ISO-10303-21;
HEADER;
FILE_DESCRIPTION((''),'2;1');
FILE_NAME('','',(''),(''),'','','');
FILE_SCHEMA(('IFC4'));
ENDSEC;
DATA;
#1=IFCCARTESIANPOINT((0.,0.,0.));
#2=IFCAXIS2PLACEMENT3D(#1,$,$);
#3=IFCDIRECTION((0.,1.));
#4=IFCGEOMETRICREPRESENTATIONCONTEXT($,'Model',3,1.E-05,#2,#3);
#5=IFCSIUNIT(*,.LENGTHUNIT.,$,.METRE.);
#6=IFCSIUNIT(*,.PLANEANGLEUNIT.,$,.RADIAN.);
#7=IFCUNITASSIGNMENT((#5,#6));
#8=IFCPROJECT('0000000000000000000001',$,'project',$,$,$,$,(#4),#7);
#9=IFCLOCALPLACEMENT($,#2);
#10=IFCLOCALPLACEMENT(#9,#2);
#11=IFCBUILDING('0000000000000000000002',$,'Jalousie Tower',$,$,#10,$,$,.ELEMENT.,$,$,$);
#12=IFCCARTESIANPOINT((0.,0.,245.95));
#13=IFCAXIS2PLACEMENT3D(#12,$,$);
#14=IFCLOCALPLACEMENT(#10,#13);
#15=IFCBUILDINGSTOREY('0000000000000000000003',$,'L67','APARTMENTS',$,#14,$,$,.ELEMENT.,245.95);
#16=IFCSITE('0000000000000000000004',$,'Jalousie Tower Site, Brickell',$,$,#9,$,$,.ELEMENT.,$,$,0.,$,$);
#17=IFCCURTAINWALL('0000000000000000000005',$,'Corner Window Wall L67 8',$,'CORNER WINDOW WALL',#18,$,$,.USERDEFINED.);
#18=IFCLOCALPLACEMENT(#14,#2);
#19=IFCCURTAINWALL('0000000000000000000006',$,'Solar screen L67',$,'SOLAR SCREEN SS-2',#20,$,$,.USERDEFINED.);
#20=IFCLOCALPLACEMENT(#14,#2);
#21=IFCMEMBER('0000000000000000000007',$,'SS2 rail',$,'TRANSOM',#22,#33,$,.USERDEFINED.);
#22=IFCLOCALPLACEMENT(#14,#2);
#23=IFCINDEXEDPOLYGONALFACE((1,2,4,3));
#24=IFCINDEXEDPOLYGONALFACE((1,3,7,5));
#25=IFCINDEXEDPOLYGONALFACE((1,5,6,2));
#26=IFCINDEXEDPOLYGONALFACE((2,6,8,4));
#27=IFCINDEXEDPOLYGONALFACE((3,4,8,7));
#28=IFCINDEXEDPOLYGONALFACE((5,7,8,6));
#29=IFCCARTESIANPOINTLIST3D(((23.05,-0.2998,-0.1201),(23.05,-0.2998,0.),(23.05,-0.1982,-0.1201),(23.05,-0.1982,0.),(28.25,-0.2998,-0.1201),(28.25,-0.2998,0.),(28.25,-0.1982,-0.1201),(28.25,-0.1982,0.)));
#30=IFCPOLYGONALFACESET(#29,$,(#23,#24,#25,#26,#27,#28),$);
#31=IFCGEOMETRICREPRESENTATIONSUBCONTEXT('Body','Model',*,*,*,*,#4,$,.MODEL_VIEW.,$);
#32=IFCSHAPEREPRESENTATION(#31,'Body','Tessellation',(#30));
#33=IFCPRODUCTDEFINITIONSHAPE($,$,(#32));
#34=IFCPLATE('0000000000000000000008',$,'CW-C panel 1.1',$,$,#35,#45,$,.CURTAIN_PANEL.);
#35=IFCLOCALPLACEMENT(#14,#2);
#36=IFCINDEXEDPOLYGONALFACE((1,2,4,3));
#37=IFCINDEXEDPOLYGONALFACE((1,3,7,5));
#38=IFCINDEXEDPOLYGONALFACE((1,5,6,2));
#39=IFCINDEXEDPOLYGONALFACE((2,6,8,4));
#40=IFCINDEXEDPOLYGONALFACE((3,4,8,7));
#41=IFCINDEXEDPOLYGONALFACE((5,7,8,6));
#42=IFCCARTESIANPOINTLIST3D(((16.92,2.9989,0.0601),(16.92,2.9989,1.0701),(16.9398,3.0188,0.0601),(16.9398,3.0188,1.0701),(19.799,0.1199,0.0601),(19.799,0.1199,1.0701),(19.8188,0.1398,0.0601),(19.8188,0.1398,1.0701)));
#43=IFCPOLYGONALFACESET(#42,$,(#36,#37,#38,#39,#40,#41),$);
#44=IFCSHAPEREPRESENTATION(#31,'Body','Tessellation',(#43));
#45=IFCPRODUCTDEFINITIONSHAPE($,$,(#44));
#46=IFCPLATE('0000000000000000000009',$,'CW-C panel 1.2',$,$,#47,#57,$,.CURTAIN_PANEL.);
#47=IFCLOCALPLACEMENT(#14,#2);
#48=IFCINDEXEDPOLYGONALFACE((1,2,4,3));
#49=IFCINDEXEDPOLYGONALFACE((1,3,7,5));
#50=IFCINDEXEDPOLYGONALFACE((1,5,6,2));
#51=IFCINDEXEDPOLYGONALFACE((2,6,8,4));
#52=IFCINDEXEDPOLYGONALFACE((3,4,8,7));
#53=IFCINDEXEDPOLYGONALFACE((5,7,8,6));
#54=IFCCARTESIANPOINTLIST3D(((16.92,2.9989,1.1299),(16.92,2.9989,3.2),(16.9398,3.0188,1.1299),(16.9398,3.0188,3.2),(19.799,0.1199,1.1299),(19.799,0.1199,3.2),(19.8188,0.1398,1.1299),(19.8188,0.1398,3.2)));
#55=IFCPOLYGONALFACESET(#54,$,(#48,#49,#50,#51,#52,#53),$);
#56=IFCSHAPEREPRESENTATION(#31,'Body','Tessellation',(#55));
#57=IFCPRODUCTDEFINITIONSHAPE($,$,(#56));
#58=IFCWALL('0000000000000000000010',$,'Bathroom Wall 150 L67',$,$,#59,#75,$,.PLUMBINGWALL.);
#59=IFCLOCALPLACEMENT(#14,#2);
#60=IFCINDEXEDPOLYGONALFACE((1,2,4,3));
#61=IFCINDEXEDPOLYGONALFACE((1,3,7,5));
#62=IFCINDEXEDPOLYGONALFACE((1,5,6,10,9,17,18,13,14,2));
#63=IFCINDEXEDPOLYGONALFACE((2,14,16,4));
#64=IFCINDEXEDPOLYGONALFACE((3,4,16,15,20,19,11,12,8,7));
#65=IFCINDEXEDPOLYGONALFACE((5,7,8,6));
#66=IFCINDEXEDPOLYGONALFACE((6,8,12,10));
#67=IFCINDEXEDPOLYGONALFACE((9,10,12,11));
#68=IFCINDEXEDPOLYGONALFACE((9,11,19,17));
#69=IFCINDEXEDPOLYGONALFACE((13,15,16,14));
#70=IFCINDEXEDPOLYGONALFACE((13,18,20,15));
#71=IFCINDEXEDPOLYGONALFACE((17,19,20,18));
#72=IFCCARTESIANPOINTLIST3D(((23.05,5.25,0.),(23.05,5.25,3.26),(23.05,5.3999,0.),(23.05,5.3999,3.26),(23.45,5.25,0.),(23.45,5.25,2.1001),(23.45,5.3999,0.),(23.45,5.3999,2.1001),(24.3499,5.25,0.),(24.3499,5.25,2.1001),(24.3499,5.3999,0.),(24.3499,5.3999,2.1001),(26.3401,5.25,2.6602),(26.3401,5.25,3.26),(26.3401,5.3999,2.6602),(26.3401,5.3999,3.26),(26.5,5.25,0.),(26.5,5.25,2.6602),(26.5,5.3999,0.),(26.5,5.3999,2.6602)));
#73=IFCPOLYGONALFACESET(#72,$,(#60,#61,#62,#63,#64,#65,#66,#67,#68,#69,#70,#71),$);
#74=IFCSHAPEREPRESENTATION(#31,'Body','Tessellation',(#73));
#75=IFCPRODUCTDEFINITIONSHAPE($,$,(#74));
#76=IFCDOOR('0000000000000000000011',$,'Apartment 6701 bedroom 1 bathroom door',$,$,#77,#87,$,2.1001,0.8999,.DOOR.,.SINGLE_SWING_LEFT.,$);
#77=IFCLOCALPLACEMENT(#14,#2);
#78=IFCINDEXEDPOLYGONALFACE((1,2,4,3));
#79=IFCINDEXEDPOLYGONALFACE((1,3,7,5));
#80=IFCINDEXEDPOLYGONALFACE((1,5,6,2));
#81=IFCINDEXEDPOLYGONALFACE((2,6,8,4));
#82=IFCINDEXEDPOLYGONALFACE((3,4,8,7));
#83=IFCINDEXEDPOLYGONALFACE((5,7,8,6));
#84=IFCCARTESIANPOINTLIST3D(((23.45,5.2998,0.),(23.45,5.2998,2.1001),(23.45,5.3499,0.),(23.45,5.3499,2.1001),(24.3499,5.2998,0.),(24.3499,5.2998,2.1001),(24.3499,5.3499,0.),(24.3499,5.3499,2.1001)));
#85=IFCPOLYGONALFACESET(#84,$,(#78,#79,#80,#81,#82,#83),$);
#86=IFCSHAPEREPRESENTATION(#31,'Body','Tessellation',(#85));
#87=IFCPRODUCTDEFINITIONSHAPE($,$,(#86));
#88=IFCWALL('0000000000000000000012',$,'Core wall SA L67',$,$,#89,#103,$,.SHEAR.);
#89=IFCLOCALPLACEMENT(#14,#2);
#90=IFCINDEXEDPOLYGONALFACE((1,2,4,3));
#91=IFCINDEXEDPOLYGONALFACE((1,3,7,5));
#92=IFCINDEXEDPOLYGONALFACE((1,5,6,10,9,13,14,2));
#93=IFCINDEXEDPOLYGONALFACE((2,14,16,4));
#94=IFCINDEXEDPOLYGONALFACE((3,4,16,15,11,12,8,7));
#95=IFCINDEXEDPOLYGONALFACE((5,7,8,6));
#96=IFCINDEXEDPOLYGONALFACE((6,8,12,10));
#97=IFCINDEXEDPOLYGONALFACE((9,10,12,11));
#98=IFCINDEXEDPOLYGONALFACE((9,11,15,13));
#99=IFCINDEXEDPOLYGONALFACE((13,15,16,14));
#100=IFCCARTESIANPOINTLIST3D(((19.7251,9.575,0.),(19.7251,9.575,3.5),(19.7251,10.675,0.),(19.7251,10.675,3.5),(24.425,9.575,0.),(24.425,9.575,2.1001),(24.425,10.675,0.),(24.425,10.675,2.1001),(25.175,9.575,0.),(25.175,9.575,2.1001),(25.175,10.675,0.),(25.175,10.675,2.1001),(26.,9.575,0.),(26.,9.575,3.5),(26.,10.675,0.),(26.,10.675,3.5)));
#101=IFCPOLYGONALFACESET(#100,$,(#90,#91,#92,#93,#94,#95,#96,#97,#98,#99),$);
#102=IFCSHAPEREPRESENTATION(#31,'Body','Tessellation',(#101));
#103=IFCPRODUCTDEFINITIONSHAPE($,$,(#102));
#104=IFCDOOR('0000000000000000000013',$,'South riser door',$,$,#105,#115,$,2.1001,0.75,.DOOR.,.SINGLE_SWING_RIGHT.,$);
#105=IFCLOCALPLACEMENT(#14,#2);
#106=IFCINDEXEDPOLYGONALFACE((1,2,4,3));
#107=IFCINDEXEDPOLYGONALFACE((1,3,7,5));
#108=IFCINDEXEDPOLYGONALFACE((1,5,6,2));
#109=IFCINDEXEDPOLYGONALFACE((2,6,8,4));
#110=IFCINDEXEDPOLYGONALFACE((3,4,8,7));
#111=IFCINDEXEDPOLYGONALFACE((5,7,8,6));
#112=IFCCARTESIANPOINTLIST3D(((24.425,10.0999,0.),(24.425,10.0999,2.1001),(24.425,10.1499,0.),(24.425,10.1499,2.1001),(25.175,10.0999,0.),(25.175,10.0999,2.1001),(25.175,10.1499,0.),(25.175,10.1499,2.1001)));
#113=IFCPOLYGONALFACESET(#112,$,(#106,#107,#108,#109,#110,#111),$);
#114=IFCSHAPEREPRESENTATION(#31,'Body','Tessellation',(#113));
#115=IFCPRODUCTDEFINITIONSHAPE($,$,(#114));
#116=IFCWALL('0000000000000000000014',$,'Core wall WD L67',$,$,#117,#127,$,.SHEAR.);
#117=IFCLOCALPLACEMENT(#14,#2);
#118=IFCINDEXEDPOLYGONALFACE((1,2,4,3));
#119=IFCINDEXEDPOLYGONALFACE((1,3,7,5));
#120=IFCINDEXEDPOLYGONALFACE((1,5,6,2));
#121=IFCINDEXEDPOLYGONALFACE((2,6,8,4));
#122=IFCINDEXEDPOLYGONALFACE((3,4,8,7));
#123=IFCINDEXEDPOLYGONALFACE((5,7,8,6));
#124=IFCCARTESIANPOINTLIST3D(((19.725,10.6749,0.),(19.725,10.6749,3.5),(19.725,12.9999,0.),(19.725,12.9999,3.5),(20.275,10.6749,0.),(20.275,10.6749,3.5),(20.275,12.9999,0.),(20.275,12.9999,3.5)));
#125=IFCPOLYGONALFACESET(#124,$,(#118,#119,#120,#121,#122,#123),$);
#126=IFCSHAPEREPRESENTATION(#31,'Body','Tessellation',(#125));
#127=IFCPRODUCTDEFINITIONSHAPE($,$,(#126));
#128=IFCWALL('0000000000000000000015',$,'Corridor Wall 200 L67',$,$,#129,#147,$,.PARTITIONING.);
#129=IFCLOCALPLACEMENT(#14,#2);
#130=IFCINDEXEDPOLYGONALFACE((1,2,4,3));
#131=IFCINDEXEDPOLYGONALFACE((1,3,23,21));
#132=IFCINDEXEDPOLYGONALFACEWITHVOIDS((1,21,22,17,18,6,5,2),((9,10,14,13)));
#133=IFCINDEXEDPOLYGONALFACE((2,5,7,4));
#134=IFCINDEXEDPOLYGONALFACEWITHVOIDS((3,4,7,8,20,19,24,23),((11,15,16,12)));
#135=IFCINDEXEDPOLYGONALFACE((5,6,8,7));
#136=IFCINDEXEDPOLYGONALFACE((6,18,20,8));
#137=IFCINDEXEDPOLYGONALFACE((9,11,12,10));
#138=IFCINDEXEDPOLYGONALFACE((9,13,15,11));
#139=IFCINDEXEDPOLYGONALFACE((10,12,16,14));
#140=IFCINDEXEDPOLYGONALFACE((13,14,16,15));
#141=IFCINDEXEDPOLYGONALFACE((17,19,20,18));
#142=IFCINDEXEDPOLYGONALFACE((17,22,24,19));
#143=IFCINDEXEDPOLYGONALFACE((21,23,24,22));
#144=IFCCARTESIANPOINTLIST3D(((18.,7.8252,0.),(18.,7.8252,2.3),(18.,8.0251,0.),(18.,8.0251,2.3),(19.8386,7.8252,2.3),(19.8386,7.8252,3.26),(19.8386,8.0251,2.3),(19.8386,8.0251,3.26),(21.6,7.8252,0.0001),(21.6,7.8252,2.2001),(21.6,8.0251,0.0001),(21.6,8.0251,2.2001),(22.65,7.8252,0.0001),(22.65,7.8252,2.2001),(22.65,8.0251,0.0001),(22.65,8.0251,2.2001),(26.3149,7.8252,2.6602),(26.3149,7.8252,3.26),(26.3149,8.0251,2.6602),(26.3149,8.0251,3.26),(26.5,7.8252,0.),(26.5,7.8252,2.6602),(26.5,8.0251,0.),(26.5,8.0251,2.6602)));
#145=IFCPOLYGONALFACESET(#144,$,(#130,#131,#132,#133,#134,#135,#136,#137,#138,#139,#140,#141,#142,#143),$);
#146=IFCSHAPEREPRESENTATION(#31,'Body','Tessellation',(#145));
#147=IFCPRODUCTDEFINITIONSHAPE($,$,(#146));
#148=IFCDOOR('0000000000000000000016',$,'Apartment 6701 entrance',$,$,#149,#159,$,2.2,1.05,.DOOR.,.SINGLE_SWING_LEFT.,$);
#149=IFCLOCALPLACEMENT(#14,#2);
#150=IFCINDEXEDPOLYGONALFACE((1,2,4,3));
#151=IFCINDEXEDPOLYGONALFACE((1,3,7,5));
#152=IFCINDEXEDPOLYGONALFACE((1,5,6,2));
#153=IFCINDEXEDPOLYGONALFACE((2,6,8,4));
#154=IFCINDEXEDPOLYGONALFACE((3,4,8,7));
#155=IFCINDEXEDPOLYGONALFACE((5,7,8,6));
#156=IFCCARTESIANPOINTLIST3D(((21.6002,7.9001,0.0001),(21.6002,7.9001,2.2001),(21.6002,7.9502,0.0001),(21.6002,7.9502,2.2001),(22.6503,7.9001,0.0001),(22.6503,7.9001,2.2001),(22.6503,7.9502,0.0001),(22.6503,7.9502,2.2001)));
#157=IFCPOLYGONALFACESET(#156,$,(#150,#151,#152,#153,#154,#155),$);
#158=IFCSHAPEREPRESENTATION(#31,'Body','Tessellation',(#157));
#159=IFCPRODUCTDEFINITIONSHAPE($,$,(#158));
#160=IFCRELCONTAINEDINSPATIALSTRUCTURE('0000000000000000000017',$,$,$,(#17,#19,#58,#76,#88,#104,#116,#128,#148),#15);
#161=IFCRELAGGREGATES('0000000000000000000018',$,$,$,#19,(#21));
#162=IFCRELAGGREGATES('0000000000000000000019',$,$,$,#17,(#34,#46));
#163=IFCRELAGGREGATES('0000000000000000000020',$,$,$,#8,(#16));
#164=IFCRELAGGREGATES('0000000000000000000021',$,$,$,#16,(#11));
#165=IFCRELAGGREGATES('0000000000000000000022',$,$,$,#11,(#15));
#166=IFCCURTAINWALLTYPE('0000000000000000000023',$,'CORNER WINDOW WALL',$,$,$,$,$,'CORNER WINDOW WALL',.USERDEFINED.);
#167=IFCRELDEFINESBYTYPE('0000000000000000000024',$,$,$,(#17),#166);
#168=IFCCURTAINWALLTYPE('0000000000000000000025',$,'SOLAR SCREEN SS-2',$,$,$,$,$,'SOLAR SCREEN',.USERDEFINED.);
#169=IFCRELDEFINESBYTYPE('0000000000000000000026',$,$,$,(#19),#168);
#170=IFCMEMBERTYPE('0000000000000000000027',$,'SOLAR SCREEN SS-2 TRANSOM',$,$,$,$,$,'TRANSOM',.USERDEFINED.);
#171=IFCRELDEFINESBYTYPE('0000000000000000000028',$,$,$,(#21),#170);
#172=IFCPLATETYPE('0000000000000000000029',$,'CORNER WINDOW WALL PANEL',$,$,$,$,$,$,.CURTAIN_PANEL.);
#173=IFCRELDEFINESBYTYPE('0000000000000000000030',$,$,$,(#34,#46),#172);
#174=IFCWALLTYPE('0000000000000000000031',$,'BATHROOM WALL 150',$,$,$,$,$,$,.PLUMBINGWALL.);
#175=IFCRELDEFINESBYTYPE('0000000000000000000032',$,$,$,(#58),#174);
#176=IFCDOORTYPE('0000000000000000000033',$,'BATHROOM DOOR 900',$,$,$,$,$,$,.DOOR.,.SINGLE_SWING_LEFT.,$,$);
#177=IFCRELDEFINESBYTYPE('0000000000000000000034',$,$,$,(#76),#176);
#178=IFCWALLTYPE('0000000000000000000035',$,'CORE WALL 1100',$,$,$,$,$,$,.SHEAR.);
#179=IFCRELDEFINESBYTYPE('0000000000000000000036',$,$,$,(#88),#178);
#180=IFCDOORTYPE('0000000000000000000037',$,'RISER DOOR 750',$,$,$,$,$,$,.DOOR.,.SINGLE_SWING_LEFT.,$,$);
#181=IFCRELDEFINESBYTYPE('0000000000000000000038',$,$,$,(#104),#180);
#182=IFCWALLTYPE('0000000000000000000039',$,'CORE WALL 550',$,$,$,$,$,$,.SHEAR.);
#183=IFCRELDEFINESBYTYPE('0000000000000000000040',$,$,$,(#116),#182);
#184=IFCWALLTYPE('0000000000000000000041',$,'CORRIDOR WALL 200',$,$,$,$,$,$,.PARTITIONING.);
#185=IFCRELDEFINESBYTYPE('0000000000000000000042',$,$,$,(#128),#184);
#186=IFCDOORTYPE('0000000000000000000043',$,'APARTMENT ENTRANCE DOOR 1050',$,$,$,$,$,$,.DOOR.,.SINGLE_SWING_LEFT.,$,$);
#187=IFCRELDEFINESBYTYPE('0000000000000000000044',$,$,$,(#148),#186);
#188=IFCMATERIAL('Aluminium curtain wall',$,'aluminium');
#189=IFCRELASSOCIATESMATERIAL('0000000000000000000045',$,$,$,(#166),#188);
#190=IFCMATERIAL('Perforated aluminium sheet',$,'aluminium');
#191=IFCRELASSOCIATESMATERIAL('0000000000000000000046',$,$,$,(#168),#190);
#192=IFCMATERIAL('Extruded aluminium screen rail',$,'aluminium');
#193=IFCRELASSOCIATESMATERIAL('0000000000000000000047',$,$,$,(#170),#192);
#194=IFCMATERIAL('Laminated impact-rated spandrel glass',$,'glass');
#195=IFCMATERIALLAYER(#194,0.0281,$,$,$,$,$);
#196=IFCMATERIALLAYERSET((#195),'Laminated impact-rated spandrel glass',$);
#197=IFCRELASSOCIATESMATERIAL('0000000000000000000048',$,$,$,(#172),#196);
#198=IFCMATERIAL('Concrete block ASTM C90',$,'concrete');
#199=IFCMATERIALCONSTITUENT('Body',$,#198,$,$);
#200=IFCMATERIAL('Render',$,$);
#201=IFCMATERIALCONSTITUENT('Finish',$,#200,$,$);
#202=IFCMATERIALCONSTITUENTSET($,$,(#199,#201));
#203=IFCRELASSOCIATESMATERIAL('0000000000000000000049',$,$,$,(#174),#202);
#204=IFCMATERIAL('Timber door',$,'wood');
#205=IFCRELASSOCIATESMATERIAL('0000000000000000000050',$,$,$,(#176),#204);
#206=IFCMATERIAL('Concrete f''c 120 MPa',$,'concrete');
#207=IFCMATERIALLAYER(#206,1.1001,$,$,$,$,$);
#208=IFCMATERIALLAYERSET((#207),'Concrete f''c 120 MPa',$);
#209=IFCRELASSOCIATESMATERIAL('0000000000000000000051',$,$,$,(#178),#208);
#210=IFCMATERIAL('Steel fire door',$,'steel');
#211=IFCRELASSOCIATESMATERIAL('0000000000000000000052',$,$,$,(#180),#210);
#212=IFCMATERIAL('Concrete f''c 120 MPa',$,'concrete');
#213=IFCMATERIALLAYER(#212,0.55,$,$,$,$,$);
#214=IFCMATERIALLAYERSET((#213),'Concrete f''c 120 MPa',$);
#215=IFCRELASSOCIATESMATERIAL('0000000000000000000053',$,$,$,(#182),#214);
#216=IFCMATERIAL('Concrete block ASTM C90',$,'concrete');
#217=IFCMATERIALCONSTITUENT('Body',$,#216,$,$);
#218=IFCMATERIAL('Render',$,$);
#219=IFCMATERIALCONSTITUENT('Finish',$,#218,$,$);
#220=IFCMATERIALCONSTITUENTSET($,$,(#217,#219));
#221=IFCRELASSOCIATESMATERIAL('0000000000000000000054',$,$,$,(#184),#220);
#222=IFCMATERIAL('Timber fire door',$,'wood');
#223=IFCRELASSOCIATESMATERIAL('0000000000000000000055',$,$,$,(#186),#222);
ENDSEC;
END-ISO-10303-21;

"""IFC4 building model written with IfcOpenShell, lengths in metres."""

from ifc_helpers import new_model, si_unit, direction, frame, frame_2d, origin, origin_2d, place, context, subcontext, project, spatial, polyline, rectangle, outline, extrude, material, layer, layer_set, constituent, constituent_set, material_profile, profile_set, type_object, element, fill, aggregate, save


model = new_model("IFC4")

# Units and contexts
model_context = context("Model", 3, precision=1e-05, world=origin(), true_north=direction((0.0, 1.0)))
body_context = subcontext(model_context, "Body", "Model", "MODEL_VIEW")
ifc_project = project(units=[si_unit("LENGTHUNIT", "METRE"), si_unit("PLANEANGLEUNIT", "RADIAN")], contexts=[model_context])

# Site, building, storey
site_placement = place(None, origin())
site = spatial("IfcSite", under=ifc_project, at=site_placement, Name="Jalousie Tower Site, Brickell", CompositionType="ELEMENT", RefElevation=0.0)
building_placement = place(site_placement, origin())
building = spatial("IfcBuilding", under=site, at=building_placement, Name="Jalousie Tower", CompositionType="ELEMENT")
storey_placement = place(building_placement, frame((0.0, 0.0, 245.95)))
storey = spatial("IfcBuildingStorey", under=building, at=storey_placement, Name="L67", Description="APARTMENTS", CompositionType="ELEMENT", Elevation=245.95)

# Curtain wall
ifc_material_1 = material(Name="Aluminium curtain wall", Category="aluminium")
curtain_wall_type_1 = type_object("IfcCurtainWallType", Name="CORNER WINDOW WALL", ElementType="CORNER WINDOW WALL", PredefinedType="USERDEFINED", material=ifc_material_1)
curtain_wall_1_placement = place(storey_placement, origin())
curtain_wall_1 = element("IfcCurtainWall", 1, at=curtain_wall_1_placement, inside=storey, type_object=curtain_wall_type_1, Name="Corner Window Wall L67 8", ObjectType="CORNER WINDOW WALL", PredefinedType="USERDEFINED")

# Curtain wall, member
ifc_material_2 = material(Name="Perforated aluminium sheet", Category="aluminium")
curtain_wall_type_2 = type_object("IfcCurtainWallType", Name="SOLAR SCREEN SS-2", ElementType="SOLAR SCREEN", PredefinedType="USERDEFINED", material=ifc_material_2)
curtain_wall_2_placement = place(storey_placement, origin())
curtain_wall_2 = element("IfcCurtainWall", 2, at=curtain_wall_2_placement, inside=storey, type_object=curtain_wall_type_2, Name="Solar screen L67", ObjectType="SOLAR SCREEN SS-2", PredefinedType="USERDEFINED")
ifc_material_3 = material(Name="Extruded aluminium screen rail", Category="aluminium")
ifc_material_profile_1 = material_profile(ifc_material_3, rectangle(XDim=0.1016, YDim=0.1201, at=origin_2d()), Name="RAIL 102x120")
ifc_profile_set_1 = profile_set([ifc_material_profile_1], Name="Extruded aluminium screen rail")
member_type_1 = type_object("IfcMemberType", Name="SOLAR SCREEN SS-2 TRANSOM", ElementType="TRANSOM", PredefinedType="USERDEFINED", material=ifc_profile_set_1)
member_1_placement = place(storey_placement, frame((23.05, -0.249, -0.0601), z_axis=(1.0, 0.0, 0.0), x_axis=(0.0, 1.0, 0.0)))
member_1 = element("IfcMember", 3, at=member_1_placement, type_object=member_type_1, Name="SS2 rail", ObjectType="TRANSOM", PredefinedType="USERDEFINED", context=body_context, shape_type="SweptSolid", body=[
    extrude(rectangle(XDim=0.1016, YDim=0.1201, at=origin_2d()), origin(), (0.0, 0.0, 1.0), 5.2),
])
aggregate(curtain_wall_2, [member_1])

# Plates
ifc_material_4 = material(Name="Laminated impact-rated spandrel glass", Category="glass")
ifc_layer_1 = layer(ifc_material_4, 0.0281)
ifc_layer_set_1 = layer_set([ifc_layer_1], Name="Laminated impact-rated spandrel glass")
plate_type = type_object("IfcPlateType", Name="CORNER WINDOW WALL PANEL", PredefinedType="CURTAIN_PANEL", material=ifc_layer_set_1)
plate_1_placement = place(storey_placement, frame((18.3694, 1.5693, 0.0601), z_axis=(0.0, 0.0, 1.0), x_axis=(0.707107, -0.707107, 0.0)))
plate_1 = element("IfcPlate", 4, at=plate_1_placement, type_object=plate_type, Name="CW-C panel 1.1", PredefinedType="CURTAIN_PANEL", context=body_context, shape_type="SweptSolid", body=[
    extrude(rectangle(XDim=4.0715, YDim=0.0281, at=origin_2d()), origin(), (0.0, 0.0, 1.0), 1.01),
])
plate_2_placement = place(storey_placement, frame((18.3694, 1.5693, 1.1299), z_axis=(0.0, 0.0, 1.0), x_axis=(0.707107, -0.707107, 0.0)))
plate_2 = element("IfcPlate", 5, at=plate_2_placement, type_object=plate_type, Name="CW-C panel 1.2", PredefinedType="CURTAIN_PANEL", context=body_context, shape_type="SweptSolid", body=[
    extrude(rectangle(XDim=4.0715, YDim=0.0281, at=origin_2d()), origin(), (0.0, 0.0, 1.0), 2.0701),
])
aggregate(curtain_wall_1, [plate_1, plate_2])

# Walls, openings, doors
ifc_material_5 = material(Name="Concrete block ASTM C90", Category="concrete")
ifc_constituent_1 = constituent(ifc_material_5, Name="Body")
ifc_material_6 = material(Name="Render")
ifc_constituent_2 = constituent(ifc_material_6, Name="Finish")
ifc_constituent_set_1 = constituent_set(constituents=[ifc_constituent_1, ifc_constituent_2])
wall_type_1 = type_object("IfcWallType", Name="BATHROOM WALL 150", PredefinedType="PLUMBINGWALL", material=ifc_constituent_set_1)
wall_1_placement = place(storey_placement, frame((23.05, 5.325, 0.0), z_axis=(0.0, 0.0, 1.0), x_axis=(1.0, 0.0, 0.0)))
wall_1 = element("IfcWall", 6, at=wall_1_placement, inside=storey, type_object=wall_type_1, Name="Bathroom Wall 150 L67", PredefinedType="PLUMBINGWALL", context=body_context, shape_type="SweptSolid", body=[
    extrude(outline(polyline([(0.0, 0.0), (3.45, 0.0), (3.45, 3.26), (3.45, 2.6602), (3.29, 2.6602), (3.29, 3.26), (0.0, 3.26), (0.0, 0.0)])), frame((0.0, 0.075, 0.0), z_axis=(0.0, -1.0, 0.0), x_axis=(1.0, 0.0, 0.0)), (0.0, 0.0, 1.0), 0.1499),
])
opening_1_placement = place(wall_1_placement, frame((0.3999, 0.0, 0.0)))
opening_1 = element("IfcOpeningElement", 7, at=opening_1_placement, cuts=wall_1, PredefinedType="OPENING", context=body_context, shape_type="SweptSolid", body=[
    extrude(rectangle(XDim=0.8999, YDim=2.1001, at=frame_2d((0.45, 1.05))), frame((0.0, 0.085, 0.0), z_axis=(0.0, -1.0, 0.0), x_axis=(1.0, 0.0, 0.0)), (0.0, 0.0, 1.0), 0.1699),
])
ifc_material_7 = material(Name="Timber door", Category="wood")
door_type_1 = type_object("IfcDoorType", Name="BATHROOM DOOR 900", OperationType="SINGLE_SWING_LEFT", PredefinedType="DOOR", material=ifc_material_7)
door_1_placement = place(opening_1_placement, origin())
door_1 = element("IfcDoor", 8, at=door_1_placement, inside=storey, type_object=door_type_1, Name="Apartment 6701 bedroom 1 bathroom door", OperationType="SINGLE_SWING_LEFT", OverallHeight=2.1001, OverallWidth=0.8999, PredefinedType="DOOR", context=body_context, shape_type="SweptSolid", body=[
    extrude(rectangle(XDim=0.8999, YDim=2.1001, at=frame_2d((0.45, 1.05))), frame((0.0, 0.0249, 0.0), z_axis=(0.0, -1.0, 0.0), x_axis=(1.0, 0.0, 0.0)), (0.0, 0.0, 1.0), 0.05),
])
fill(opening_1, door_1)
ifc_material_8 = material(Name="Concrete f'c 120 MPa", Category="concrete")
ifc_layer_2 = layer(ifc_material_8, 1.1001)
ifc_layer_set_2 = layer_set([ifc_layer_2], Name="Concrete f'c 120 MPa")
wall_type_2 = type_object("IfcWallType", Name="CORE WALL 1100", PredefinedType="SHEAR", material=ifc_layer_set_2)
wall_2_placement = place(storey_placement, frame((19.7251, 10.125, 0.0), z_axis=(0.0, 0.0, 1.0), x_axis=(1.0, 0.0, 0.0)))
wall_2 = element("IfcWall", 9, at=wall_2_placement, inside=storey, type_object=wall_type_2, Name="Core wall SA L67", PredefinedType="SHEAR", context=body_context, shape_type="SweptSolid", body=[
    extrude(rectangle(XDim=6.2749, YDim=1.1001, at=frame_2d((3.1375, 0.0))), origin(), (0.0, 0.0, 1.0), 3.5),
])
opening_2_placement = place(wall_2_placement, frame((4.7, 0.0, 0.0)))
opening_2 = element("IfcOpeningElement", 10, at=opening_2_placement, cuts=wall_2, PredefinedType="OPENING", context=body_context, shape_type="SweptSolid", body=[
    extrude(rectangle(XDim=0.75, YDim=2.1001, at=frame_2d((0.375, 1.05))), frame((0.0, 0.5601, 0.0), z_axis=(0.0, -1.0, 0.0), x_axis=(1.0, 0.0, 0.0)), (0.0, 0.0, 1.0), 1.1201),
])
ifc_material_9 = material(Name="Steel fire door", Category="steel")
door_type_2 = type_object("IfcDoorType", Name="RISER DOOR 750", OperationType="SINGLE_SWING_LEFT", PredefinedType="DOOR", material=ifc_material_9)
door_2_placement = place(opening_2_placement, origin())
door_2 = element("IfcDoor", 11, at=door_2_placement, inside=storey, type_object=door_type_2, Name="South riser door", OperationType="SINGLE_SWING_RIGHT", OverallHeight=2.1001, OverallWidth=0.75, PredefinedType="DOOR", context=body_context, shape_type="SweptSolid", body=[
    extrude(rectangle(XDim=0.75, YDim=2.1001, at=frame_2d((0.375, 1.05))), frame((0.0, 0.0249, 0.0), z_axis=(0.0, -1.0, 0.0), x_axis=(1.0, 0.0, 0.0)), (0.0, 0.0, 1.0), 0.05),
])
fill(opening_2, door_2)

# Wall
ifc_material_10 = material(Name="Concrete f'c 120 MPa", Category="concrete")
ifc_layer_3 = layer(ifc_material_10, 0.55)
ifc_layer_set_3 = layer_set([ifc_layer_3], Name="Concrete f'c 120 MPa")
wall_type_3 = type_object("IfcWallType", Name="CORE WALL 550", PredefinedType="SHEAR", material=ifc_layer_set_3)
wall_3_placement = place(storey_placement, frame((20.0, 13.0, 0.0), z_axis=(0.0, 0.0, 1.0), x_axis=(0.0, -1.0, 0.0)))
element("IfcWall", 12, at=wall_3_placement, inside=storey, type_object=wall_type_3, Name="Core wall WD L67", PredefinedType="SHEAR", context=body_context, shape_type="SweptSolid", body=[
    extrude(rectangle(XDim=2.325, YDim=0.55, at=frame_2d((1.1626, 0.0))), origin(), (0.0, 0.0, 1.0), 3.5),
])

# Wall, opening, door
ifc_material_11 = material(Name="Concrete block ASTM C90", Category="concrete")
ifc_constituent_3 = constituent(ifc_material_11, Name="Body")
ifc_material_12 = material(Name="Render")
ifc_constituent_4 = constituent(ifc_material_12, Name="Finish")
ifc_constituent_set_2 = constituent_set(constituents=[ifc_constituent_3, ifc_constituent_4])
wall_type_4 = type_object("IfcWallType", Name="CORRIDOR WALL 200", PredefinedType="PARTITIONING", material=ifc_constituent_set_2)
wall_4_placement = place(storey_placement, frame((18.0, 7.925, 0.0), z_axis=(0.0, 0.0, 1.0), x_axis=(1.0, 0.0, 0.0)))
wall_4 = element("IfcWall", 13, at=wall_4_placement, inside=storey, type_object=wall_type_4, Name="Corridor Wall 200 L67", PredefinedType="PARTITIONING", context=body_context, shape_type="SweptSolid", body=[
    extrude(outline(polyline([(0.0, 0.0), (8.5, 0.0), (8.5, 3.26), (8.5, 2.6602), (8.3149, 2.6602), (8.3149, 3.26), (1.8386, 3.26), (1.8386, 2.3), (0.0, 2.3), (0.0, 3.26), (0.0, 0.0)])), frame((0.0, 0.1001, 0.0), z_axis=(0.0, -1.0, 0.0), x_axis=(1.0, 0.0, 0.0)), (0.0, 0.0, 1.0), 0.2),
])
opening_3_placement = place(wall_4_placement, frame((3.6001, 0.0, 0.0)))
opening_3 = element("IfcOpeningElement", 14, at=opening_3_placement, cuts=wall_4, PredefinedType="OPENING", context=body_context, shape_type="SweptSolid", body=[
    extrude(rectangle(XDim=1.05, YDim=2.2, at=frame_2d((0.5249, 1.1001))), frame((0.0, 0.1099, 0.0), z_axis=(0.0, -1.0, 0.0), x_axis=(1.0, 0.0, 0.0)), (0.0, 0.0, 1.0), 0.22),
])
ifc_material_13 = material(Name="Timber fire door", Category="wood")
door_type_3 = type_object("IfcDoorType", Name="APARTMENT ENTRANCE DOOR 1050", OperationType="SINGLE_SWING_LEFT", PredefinedType="DOOR", material=ifc_material_13)
door_3_placement = place(opening_3_placement, frame((1.05, 0.0, 0.0), z_axis=(0.0, 0.0, 1.0), x_axis=(-1.0, 0.0, 0.0)))
door_3 = element("IfcDoor", 15, at=door_3_placement, inside=storey, type_object=door_type_3, Name="Apartment 6701 entrance", OperationType="SINGLE_SWING_LEFT", OverallHeight=2.2, OverallWidth=1.05, PredefinedType="DOOR", context=body_context, shape_type="SweptSolid", body=[
    extrude(rectangle(XDim=1.05, YDim=2.2, at=frame_2d((0.5249, 1.1001))), frame((0.0, 0.0249, 0.0), z_axis=(0.0, -1.0, 0.0), x_axis=(1.0, 0.0, 0.0)), (0.0, 0.0, 1.0), 0.05),
])
fill(opening_3, door_3)

save(model, "model.ifc")
